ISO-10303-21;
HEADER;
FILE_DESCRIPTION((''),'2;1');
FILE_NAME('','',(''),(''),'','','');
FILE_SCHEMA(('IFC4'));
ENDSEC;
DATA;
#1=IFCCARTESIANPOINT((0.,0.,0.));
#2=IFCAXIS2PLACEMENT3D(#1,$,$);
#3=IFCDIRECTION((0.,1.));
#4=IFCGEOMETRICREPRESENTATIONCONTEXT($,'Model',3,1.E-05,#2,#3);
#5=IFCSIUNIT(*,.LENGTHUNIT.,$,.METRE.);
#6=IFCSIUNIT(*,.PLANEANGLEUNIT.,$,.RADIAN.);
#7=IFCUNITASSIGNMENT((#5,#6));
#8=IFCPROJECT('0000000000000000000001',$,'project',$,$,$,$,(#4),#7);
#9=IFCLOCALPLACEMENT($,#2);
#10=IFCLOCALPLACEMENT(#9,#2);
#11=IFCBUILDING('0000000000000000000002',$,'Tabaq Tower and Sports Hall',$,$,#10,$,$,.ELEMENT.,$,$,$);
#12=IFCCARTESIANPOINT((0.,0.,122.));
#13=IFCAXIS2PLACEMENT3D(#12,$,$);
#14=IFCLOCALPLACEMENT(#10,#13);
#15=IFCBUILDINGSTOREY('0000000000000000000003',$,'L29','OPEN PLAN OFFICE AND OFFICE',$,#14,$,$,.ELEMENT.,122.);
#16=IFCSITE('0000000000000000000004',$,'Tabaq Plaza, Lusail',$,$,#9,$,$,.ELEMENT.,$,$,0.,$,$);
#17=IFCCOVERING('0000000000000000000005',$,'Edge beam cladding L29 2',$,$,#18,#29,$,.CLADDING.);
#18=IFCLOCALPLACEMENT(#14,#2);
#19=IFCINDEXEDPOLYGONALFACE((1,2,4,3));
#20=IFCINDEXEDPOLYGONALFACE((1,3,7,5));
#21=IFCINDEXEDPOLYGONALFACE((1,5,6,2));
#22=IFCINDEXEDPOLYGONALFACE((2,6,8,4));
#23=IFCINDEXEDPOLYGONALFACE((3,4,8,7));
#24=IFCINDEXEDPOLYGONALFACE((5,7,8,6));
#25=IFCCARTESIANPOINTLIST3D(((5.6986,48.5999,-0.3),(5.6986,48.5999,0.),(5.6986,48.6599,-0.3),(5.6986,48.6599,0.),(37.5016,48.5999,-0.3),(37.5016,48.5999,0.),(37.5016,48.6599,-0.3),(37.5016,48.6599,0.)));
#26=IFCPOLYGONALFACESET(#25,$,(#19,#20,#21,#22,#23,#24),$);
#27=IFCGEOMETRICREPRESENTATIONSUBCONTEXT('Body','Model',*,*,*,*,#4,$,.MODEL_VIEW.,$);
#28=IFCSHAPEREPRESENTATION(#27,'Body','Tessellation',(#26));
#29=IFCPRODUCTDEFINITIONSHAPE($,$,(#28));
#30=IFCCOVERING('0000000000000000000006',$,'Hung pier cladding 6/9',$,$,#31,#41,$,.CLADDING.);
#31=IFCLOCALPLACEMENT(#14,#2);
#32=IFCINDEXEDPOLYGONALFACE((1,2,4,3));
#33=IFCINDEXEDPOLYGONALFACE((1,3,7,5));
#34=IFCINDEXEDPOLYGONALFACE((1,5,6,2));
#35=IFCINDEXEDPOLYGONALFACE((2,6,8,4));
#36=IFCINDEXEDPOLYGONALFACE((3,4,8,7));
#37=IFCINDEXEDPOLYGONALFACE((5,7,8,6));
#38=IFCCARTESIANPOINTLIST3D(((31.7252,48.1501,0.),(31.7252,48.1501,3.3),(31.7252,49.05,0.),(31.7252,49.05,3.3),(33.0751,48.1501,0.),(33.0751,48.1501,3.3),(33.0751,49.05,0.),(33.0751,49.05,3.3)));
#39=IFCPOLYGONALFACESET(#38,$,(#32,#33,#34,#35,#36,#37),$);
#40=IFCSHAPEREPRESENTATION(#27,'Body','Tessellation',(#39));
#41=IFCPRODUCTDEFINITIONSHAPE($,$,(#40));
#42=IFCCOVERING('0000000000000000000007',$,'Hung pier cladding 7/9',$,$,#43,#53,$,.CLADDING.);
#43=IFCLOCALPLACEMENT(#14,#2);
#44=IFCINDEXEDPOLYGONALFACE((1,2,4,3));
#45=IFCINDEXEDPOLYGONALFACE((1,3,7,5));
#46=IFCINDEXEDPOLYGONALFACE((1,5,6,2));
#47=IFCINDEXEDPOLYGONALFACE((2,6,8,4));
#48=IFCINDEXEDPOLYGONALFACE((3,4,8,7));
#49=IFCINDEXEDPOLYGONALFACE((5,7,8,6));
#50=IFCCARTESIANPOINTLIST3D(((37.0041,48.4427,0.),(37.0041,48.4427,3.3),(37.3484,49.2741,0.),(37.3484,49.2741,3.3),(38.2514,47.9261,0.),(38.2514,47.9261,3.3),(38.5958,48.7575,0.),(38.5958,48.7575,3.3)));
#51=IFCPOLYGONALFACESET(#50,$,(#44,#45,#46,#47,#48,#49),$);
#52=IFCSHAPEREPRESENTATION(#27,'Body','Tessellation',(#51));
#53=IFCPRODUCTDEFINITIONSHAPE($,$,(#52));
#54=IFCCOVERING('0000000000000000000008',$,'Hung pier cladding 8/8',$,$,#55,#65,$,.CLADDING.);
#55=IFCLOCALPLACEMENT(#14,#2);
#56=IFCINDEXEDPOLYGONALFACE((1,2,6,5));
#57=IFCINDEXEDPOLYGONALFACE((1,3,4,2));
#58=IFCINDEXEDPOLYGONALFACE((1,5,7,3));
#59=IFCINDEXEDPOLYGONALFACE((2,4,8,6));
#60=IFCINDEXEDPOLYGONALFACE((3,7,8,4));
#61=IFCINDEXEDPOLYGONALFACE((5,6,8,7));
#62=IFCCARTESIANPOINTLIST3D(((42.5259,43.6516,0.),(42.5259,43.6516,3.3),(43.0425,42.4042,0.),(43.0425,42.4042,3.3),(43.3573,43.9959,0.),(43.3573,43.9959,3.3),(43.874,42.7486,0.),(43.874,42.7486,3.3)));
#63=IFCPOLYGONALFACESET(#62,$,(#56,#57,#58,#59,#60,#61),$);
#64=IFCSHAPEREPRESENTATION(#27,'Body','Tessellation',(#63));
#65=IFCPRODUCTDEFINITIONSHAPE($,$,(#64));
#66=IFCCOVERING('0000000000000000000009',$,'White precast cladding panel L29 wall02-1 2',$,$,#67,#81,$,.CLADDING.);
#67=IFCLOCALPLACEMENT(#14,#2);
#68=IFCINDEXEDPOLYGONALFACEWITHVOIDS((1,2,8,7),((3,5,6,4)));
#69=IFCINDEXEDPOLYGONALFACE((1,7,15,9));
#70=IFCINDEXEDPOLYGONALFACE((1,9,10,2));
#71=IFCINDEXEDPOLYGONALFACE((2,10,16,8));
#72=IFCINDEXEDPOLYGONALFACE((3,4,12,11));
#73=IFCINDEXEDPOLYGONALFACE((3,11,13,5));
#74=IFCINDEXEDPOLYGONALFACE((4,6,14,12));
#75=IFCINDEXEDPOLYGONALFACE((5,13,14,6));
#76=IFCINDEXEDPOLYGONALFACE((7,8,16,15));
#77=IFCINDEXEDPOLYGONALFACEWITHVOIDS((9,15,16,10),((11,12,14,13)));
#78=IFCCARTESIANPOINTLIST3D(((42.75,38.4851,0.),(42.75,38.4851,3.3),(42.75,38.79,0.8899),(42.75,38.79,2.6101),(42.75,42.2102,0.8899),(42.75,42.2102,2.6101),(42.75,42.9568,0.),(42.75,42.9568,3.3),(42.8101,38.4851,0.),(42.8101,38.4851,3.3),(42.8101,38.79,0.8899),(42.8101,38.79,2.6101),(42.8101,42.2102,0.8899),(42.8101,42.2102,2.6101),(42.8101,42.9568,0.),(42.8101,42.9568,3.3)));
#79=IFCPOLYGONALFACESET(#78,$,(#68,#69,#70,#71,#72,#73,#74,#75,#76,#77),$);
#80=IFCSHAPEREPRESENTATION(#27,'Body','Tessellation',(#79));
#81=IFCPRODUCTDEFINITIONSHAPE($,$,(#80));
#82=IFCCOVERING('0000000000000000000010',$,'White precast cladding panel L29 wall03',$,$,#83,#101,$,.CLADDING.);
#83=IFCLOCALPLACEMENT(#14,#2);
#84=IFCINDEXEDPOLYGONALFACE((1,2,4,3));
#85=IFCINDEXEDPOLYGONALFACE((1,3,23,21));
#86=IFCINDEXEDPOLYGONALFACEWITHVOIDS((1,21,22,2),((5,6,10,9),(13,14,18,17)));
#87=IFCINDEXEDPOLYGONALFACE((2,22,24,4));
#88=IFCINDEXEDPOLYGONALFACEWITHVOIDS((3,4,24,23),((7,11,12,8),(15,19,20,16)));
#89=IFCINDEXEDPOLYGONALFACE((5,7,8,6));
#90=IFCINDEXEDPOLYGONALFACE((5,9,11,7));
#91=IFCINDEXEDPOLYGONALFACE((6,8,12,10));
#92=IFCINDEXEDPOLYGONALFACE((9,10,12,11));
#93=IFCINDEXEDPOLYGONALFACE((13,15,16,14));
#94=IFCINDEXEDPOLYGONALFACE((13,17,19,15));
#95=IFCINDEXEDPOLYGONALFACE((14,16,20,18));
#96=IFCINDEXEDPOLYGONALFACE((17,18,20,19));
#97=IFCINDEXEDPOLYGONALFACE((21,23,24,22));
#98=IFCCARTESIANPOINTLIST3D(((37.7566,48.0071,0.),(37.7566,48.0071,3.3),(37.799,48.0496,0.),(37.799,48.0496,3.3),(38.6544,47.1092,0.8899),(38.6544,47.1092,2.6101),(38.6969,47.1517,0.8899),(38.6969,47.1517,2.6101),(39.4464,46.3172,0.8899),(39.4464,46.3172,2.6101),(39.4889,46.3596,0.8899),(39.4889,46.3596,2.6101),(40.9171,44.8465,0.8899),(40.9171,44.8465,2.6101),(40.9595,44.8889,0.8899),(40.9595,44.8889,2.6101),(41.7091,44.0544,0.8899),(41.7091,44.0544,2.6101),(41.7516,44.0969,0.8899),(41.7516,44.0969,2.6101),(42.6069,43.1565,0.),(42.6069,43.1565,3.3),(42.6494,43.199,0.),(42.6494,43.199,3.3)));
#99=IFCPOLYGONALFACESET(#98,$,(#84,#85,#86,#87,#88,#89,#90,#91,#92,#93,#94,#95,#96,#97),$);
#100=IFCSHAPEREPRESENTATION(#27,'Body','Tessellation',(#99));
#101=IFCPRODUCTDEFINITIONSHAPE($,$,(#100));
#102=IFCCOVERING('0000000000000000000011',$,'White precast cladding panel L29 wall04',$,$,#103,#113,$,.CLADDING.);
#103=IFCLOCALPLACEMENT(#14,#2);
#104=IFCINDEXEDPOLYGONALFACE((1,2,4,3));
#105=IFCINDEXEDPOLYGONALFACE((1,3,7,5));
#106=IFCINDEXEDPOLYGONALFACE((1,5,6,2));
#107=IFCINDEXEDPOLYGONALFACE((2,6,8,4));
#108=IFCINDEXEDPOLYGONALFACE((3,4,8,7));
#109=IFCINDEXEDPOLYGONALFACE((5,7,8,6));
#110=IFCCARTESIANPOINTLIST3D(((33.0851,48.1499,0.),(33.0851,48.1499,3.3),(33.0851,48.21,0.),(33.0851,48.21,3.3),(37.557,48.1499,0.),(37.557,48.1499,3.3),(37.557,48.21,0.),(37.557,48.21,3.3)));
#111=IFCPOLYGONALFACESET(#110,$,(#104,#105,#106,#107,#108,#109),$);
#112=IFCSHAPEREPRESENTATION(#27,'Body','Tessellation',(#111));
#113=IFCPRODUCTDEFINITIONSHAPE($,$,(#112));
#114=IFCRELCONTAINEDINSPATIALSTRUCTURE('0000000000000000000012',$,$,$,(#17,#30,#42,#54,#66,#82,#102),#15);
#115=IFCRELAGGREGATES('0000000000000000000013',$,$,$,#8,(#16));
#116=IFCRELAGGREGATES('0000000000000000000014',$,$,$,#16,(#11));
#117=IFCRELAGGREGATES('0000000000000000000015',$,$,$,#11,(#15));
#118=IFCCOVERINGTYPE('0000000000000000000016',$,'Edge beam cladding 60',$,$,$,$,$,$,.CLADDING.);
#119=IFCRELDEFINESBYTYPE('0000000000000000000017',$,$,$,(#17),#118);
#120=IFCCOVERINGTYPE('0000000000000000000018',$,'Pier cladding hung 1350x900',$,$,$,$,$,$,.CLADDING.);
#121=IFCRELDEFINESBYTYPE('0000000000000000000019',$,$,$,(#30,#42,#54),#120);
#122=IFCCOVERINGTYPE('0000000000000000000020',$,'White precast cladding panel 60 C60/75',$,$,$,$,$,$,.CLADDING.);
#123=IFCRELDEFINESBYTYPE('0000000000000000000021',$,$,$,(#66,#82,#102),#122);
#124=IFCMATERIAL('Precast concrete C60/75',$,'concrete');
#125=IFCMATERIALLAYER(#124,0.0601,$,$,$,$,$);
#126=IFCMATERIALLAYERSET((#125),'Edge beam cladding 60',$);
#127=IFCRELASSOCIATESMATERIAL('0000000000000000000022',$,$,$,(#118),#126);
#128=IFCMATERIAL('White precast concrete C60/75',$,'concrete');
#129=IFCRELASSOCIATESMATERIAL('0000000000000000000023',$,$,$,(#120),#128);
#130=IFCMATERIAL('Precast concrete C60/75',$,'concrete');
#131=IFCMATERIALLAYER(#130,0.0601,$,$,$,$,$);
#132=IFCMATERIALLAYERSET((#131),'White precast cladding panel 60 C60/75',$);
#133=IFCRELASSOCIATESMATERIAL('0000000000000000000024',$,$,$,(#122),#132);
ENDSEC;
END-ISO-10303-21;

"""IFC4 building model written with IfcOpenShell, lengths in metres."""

from ifc_helpers import new_model, si_unit, direction, frame, frame_2d, origin, place, context, subcontext, project, spatial, polyline, rectangle, outline, extrude, material, layer, layer_set, type_object, element, save


model = new_model("IFC4")

# Units and contexts
model_context = context("Model", 3, precision=1e-05, world=origin(), true_north=direction((0.0, 1.0)))
body_context = subcontext(model_context, "Body", "Model", "MODEL_VIEW")
ifc_project = project(units=[si_unit("LENGTHUNIT", "METRE"), si_unit("PLANEANGLEUNIT", "RADIAN")], contexts=[model_context])

# Site, building, storey
site_placement = place(None, origin())
site = spatial("IfcSite", under=ifc_project, at=site_placement, Name="Tabaq Plaza, Lusail", CompositionType="ELEMENT", RefElevation=0.0)
building_placement = place(site_placement, origin())
building = spatial("IfcBuilding", under=site, at=building_placement, Name="Tabaq Tower and Sports Hall", CompositionType="ELEMENT")
storey_placement = place(building_placement, frame((0.0, 0.0, 122.0)))
storey = spatial("IfcBuildingStorey", under=building, at=storey_placement, Name="L29", Description="OPEN PLAN OFFICE AND OFFICE", CompositionType="ELEMENT", Elevation=122.0)

# Coverings
ifc_material_1 = material(Name="Precast concrete C60/75", Category="concrete")
ifc_layer_1 = layer(ifc_material_1, 0.0601)
ifc_layer_set_1 = layer_set([ifc_layer_1], Name="Edge beam cladding 60")
covering_type_1 = type_object("IfcCoveringType", Name="Edge beam cladding 60", PredefinedType="CLADDING", material=ifc_layer_set_1)
covering_1_placement = place(storey_placement, frame((37.5015, 48.6299, -0.3), z_axis=(0.0, 0.0, 1.0), x_axis=(-1.0, 0.0, 0.0)))
element("IfcCovering", 1, at=covering_1_placement, inside=storey, type_object=covering_type_1, Name="Edge beam cladding L29 2", PredefinedType="CLADDING", context=body_context, shape_type="SweptSolid", body=[
    extrude(rectangle(XDim=31.803, YDim=0.0601, at=frame_2d((15.9014, 0.0))), origin(), (0.0, 0.0, 1.0), 0.3),
])
ifc_material_2 = material(Name="White precast concrete C60/75", Category="concrete")
covering_type_2 = type_object("IfcCoveringType", Name="Pier cladding hung 1350x900", PredefinedType="CLADDING", material=ifc_material_2)
covering_2_placement = place(storey_placement, frame((33.075, 48.6001, 0.0), z_axis=(0.0, 0.0, 1.0), x_axis=(-1.0, 0.0, 0.0)))
element("IfcCovering", 2, at=covering_2_placement, inside=storey, type_object=covering_type_2, Name="Hung pier cladding 6/9", PredefinedType="CLADDING", context=body_context, shape_type="SweptSolid", body=[
    extrude(rectangle(XDim=1.3499, YDim=0.8999, at=frame_2d((0.6748, 0.0))), origin(), (0.0, 0.0, 1.0), 3.3),
])
for number, where, z_axis, x_axis, name in (
    (3, (38.4236, 48.3418, 0.0), (0.0, 0.0, 1.0), (-0.923893, 0.38265, 0.0), "Hung pier cladding 7/9"),
    (4, (43.4583, 42.5764, 0.0), (0.0, 0.0, 1.0), (-0.38265, 0.923893, 0.0), "Hung pier cladding 8/8"),
):
    element("IfcCovering", number, at=place(storey_placement, frame(where, z_axis=z_axis, x_axis=x_axis)), inside=storey, type_object=covering_type_2, Name=name, PredefinedType="CLADDING", context=body_context, shape_type="SweptSolid", body=[
        extrude(rectangle(XDim=1.3501, YDim=0.8999, at=frame_2d((0.675, 0.0))), origin(), (0.0, 0.0, 1.0), 3.3),
    ])
ifc_material_3 = material(Name="Precast concrete C60/75", Category="concrete")
ifc_layer_2 = layer(ifc_material_3, 0.0601)
ifc_layer_set_2 = layer_set([ifc_layer_2], Name="White precast cladding panel 60 C60/75")
covering_type_3 = type_object("IfcCoveringType", Name="White precast cladding panel 60 C60/75", PredefinedType="CLADDING", material=ifc_layer_set_2)
covering_3_placement = place(storey_placement, frame((42.78, 38.4851, 0.0), z_axis=(0.0, 0.0, 1.0), x_axis=(0.0, 1.0, 0.0)))
element("IfcCovering", 5, at=covering_3_placement, inside=storey, type_object=covering_type_3, Name="White precast cladding panel L29 wall02-1 2", PredefinedType="CLADDING", context=body_context, shape_type="SweptSolid", body=[
    extrude(outline(polyline([(0.0, 0.0), (4.4717, 0.0), (4.4717, 3.3), (0.0, 3.3), (0.0, 0.0)]), holes=[polyline([(0.3049, 0.8899), (0.3049, 2.6101), (3.7251, 2.6101), (3.7251, 0.8899), (0.3049, 0.8899)])]), frame((0.0, 0.03, 0.0), z_axis=(0.0, -1.0, 0.0), x_axis=(1.0, 0.0, 0.0)), (0.0, 0.0, 1.0), 0.0601),
])
covering_4_placement = place(storey_placement, frame((42.6282, 43.1777, 0.0), z_axis=(0.0, 0.0, 1.0), x_axis=(-0.707089, 0.707125, 0.0)))
element("IfcCovering", 6, at=covering_4_placement, inside=storey, type_object=covering_type_3, Name="White precast cladding panel L29 wall03", PredefinedType="CLADDING", context=body_context, shape_type="SweptSolid", body=[
    extrude(outline(polyline([(0.0, 0.0), (6.8596, 0.0), (6.8596, 3.3), (0.0, 3.3), (0.0, 0.0)]), holes=[polyline([(1.2698, 2.6101), (2.3899, 2.6101), (2.3899, 0.8899), (1.2698, 0.8899), (1.2698, 2.6101)]), polyline([(4.4697, 2.6101), (5.5898, 2.6101), (5.5898, 0.8899), (4.4697, 0.8899), (4.4697, 2.6101)])]), frame((0.0, 0.03, 0.0), z_axis=(0.0, -1.0, 0.0), x_axis=(1.0, 0.0, 0.0)), (0.0, 0.0, 1.0), 0.0601),
])
covering_5_placement = place(storey_placement, frame((37.5569, 48.1799, 0.0), z_axis=(0.0, 0.0, 1.0), x_axis=(-1.0, 0.0, 0.0)))
element("IfcCovering", 7, at=covering_5_placement, inside=storey, type_object=covering_type_3, Name="White precast cladding panel L29 wall04", PredefinedType="CLADDING", context=body_context, shape_type="SweptSolid", body=[
    extrude(rectangle(XDim=4.4719, YDim=0.0601, at=frame_2d((2.2358, 0.0))), origin(), (0.0, 0.0, 1.0), 3.3),
])

save(model, "model.ifc")
